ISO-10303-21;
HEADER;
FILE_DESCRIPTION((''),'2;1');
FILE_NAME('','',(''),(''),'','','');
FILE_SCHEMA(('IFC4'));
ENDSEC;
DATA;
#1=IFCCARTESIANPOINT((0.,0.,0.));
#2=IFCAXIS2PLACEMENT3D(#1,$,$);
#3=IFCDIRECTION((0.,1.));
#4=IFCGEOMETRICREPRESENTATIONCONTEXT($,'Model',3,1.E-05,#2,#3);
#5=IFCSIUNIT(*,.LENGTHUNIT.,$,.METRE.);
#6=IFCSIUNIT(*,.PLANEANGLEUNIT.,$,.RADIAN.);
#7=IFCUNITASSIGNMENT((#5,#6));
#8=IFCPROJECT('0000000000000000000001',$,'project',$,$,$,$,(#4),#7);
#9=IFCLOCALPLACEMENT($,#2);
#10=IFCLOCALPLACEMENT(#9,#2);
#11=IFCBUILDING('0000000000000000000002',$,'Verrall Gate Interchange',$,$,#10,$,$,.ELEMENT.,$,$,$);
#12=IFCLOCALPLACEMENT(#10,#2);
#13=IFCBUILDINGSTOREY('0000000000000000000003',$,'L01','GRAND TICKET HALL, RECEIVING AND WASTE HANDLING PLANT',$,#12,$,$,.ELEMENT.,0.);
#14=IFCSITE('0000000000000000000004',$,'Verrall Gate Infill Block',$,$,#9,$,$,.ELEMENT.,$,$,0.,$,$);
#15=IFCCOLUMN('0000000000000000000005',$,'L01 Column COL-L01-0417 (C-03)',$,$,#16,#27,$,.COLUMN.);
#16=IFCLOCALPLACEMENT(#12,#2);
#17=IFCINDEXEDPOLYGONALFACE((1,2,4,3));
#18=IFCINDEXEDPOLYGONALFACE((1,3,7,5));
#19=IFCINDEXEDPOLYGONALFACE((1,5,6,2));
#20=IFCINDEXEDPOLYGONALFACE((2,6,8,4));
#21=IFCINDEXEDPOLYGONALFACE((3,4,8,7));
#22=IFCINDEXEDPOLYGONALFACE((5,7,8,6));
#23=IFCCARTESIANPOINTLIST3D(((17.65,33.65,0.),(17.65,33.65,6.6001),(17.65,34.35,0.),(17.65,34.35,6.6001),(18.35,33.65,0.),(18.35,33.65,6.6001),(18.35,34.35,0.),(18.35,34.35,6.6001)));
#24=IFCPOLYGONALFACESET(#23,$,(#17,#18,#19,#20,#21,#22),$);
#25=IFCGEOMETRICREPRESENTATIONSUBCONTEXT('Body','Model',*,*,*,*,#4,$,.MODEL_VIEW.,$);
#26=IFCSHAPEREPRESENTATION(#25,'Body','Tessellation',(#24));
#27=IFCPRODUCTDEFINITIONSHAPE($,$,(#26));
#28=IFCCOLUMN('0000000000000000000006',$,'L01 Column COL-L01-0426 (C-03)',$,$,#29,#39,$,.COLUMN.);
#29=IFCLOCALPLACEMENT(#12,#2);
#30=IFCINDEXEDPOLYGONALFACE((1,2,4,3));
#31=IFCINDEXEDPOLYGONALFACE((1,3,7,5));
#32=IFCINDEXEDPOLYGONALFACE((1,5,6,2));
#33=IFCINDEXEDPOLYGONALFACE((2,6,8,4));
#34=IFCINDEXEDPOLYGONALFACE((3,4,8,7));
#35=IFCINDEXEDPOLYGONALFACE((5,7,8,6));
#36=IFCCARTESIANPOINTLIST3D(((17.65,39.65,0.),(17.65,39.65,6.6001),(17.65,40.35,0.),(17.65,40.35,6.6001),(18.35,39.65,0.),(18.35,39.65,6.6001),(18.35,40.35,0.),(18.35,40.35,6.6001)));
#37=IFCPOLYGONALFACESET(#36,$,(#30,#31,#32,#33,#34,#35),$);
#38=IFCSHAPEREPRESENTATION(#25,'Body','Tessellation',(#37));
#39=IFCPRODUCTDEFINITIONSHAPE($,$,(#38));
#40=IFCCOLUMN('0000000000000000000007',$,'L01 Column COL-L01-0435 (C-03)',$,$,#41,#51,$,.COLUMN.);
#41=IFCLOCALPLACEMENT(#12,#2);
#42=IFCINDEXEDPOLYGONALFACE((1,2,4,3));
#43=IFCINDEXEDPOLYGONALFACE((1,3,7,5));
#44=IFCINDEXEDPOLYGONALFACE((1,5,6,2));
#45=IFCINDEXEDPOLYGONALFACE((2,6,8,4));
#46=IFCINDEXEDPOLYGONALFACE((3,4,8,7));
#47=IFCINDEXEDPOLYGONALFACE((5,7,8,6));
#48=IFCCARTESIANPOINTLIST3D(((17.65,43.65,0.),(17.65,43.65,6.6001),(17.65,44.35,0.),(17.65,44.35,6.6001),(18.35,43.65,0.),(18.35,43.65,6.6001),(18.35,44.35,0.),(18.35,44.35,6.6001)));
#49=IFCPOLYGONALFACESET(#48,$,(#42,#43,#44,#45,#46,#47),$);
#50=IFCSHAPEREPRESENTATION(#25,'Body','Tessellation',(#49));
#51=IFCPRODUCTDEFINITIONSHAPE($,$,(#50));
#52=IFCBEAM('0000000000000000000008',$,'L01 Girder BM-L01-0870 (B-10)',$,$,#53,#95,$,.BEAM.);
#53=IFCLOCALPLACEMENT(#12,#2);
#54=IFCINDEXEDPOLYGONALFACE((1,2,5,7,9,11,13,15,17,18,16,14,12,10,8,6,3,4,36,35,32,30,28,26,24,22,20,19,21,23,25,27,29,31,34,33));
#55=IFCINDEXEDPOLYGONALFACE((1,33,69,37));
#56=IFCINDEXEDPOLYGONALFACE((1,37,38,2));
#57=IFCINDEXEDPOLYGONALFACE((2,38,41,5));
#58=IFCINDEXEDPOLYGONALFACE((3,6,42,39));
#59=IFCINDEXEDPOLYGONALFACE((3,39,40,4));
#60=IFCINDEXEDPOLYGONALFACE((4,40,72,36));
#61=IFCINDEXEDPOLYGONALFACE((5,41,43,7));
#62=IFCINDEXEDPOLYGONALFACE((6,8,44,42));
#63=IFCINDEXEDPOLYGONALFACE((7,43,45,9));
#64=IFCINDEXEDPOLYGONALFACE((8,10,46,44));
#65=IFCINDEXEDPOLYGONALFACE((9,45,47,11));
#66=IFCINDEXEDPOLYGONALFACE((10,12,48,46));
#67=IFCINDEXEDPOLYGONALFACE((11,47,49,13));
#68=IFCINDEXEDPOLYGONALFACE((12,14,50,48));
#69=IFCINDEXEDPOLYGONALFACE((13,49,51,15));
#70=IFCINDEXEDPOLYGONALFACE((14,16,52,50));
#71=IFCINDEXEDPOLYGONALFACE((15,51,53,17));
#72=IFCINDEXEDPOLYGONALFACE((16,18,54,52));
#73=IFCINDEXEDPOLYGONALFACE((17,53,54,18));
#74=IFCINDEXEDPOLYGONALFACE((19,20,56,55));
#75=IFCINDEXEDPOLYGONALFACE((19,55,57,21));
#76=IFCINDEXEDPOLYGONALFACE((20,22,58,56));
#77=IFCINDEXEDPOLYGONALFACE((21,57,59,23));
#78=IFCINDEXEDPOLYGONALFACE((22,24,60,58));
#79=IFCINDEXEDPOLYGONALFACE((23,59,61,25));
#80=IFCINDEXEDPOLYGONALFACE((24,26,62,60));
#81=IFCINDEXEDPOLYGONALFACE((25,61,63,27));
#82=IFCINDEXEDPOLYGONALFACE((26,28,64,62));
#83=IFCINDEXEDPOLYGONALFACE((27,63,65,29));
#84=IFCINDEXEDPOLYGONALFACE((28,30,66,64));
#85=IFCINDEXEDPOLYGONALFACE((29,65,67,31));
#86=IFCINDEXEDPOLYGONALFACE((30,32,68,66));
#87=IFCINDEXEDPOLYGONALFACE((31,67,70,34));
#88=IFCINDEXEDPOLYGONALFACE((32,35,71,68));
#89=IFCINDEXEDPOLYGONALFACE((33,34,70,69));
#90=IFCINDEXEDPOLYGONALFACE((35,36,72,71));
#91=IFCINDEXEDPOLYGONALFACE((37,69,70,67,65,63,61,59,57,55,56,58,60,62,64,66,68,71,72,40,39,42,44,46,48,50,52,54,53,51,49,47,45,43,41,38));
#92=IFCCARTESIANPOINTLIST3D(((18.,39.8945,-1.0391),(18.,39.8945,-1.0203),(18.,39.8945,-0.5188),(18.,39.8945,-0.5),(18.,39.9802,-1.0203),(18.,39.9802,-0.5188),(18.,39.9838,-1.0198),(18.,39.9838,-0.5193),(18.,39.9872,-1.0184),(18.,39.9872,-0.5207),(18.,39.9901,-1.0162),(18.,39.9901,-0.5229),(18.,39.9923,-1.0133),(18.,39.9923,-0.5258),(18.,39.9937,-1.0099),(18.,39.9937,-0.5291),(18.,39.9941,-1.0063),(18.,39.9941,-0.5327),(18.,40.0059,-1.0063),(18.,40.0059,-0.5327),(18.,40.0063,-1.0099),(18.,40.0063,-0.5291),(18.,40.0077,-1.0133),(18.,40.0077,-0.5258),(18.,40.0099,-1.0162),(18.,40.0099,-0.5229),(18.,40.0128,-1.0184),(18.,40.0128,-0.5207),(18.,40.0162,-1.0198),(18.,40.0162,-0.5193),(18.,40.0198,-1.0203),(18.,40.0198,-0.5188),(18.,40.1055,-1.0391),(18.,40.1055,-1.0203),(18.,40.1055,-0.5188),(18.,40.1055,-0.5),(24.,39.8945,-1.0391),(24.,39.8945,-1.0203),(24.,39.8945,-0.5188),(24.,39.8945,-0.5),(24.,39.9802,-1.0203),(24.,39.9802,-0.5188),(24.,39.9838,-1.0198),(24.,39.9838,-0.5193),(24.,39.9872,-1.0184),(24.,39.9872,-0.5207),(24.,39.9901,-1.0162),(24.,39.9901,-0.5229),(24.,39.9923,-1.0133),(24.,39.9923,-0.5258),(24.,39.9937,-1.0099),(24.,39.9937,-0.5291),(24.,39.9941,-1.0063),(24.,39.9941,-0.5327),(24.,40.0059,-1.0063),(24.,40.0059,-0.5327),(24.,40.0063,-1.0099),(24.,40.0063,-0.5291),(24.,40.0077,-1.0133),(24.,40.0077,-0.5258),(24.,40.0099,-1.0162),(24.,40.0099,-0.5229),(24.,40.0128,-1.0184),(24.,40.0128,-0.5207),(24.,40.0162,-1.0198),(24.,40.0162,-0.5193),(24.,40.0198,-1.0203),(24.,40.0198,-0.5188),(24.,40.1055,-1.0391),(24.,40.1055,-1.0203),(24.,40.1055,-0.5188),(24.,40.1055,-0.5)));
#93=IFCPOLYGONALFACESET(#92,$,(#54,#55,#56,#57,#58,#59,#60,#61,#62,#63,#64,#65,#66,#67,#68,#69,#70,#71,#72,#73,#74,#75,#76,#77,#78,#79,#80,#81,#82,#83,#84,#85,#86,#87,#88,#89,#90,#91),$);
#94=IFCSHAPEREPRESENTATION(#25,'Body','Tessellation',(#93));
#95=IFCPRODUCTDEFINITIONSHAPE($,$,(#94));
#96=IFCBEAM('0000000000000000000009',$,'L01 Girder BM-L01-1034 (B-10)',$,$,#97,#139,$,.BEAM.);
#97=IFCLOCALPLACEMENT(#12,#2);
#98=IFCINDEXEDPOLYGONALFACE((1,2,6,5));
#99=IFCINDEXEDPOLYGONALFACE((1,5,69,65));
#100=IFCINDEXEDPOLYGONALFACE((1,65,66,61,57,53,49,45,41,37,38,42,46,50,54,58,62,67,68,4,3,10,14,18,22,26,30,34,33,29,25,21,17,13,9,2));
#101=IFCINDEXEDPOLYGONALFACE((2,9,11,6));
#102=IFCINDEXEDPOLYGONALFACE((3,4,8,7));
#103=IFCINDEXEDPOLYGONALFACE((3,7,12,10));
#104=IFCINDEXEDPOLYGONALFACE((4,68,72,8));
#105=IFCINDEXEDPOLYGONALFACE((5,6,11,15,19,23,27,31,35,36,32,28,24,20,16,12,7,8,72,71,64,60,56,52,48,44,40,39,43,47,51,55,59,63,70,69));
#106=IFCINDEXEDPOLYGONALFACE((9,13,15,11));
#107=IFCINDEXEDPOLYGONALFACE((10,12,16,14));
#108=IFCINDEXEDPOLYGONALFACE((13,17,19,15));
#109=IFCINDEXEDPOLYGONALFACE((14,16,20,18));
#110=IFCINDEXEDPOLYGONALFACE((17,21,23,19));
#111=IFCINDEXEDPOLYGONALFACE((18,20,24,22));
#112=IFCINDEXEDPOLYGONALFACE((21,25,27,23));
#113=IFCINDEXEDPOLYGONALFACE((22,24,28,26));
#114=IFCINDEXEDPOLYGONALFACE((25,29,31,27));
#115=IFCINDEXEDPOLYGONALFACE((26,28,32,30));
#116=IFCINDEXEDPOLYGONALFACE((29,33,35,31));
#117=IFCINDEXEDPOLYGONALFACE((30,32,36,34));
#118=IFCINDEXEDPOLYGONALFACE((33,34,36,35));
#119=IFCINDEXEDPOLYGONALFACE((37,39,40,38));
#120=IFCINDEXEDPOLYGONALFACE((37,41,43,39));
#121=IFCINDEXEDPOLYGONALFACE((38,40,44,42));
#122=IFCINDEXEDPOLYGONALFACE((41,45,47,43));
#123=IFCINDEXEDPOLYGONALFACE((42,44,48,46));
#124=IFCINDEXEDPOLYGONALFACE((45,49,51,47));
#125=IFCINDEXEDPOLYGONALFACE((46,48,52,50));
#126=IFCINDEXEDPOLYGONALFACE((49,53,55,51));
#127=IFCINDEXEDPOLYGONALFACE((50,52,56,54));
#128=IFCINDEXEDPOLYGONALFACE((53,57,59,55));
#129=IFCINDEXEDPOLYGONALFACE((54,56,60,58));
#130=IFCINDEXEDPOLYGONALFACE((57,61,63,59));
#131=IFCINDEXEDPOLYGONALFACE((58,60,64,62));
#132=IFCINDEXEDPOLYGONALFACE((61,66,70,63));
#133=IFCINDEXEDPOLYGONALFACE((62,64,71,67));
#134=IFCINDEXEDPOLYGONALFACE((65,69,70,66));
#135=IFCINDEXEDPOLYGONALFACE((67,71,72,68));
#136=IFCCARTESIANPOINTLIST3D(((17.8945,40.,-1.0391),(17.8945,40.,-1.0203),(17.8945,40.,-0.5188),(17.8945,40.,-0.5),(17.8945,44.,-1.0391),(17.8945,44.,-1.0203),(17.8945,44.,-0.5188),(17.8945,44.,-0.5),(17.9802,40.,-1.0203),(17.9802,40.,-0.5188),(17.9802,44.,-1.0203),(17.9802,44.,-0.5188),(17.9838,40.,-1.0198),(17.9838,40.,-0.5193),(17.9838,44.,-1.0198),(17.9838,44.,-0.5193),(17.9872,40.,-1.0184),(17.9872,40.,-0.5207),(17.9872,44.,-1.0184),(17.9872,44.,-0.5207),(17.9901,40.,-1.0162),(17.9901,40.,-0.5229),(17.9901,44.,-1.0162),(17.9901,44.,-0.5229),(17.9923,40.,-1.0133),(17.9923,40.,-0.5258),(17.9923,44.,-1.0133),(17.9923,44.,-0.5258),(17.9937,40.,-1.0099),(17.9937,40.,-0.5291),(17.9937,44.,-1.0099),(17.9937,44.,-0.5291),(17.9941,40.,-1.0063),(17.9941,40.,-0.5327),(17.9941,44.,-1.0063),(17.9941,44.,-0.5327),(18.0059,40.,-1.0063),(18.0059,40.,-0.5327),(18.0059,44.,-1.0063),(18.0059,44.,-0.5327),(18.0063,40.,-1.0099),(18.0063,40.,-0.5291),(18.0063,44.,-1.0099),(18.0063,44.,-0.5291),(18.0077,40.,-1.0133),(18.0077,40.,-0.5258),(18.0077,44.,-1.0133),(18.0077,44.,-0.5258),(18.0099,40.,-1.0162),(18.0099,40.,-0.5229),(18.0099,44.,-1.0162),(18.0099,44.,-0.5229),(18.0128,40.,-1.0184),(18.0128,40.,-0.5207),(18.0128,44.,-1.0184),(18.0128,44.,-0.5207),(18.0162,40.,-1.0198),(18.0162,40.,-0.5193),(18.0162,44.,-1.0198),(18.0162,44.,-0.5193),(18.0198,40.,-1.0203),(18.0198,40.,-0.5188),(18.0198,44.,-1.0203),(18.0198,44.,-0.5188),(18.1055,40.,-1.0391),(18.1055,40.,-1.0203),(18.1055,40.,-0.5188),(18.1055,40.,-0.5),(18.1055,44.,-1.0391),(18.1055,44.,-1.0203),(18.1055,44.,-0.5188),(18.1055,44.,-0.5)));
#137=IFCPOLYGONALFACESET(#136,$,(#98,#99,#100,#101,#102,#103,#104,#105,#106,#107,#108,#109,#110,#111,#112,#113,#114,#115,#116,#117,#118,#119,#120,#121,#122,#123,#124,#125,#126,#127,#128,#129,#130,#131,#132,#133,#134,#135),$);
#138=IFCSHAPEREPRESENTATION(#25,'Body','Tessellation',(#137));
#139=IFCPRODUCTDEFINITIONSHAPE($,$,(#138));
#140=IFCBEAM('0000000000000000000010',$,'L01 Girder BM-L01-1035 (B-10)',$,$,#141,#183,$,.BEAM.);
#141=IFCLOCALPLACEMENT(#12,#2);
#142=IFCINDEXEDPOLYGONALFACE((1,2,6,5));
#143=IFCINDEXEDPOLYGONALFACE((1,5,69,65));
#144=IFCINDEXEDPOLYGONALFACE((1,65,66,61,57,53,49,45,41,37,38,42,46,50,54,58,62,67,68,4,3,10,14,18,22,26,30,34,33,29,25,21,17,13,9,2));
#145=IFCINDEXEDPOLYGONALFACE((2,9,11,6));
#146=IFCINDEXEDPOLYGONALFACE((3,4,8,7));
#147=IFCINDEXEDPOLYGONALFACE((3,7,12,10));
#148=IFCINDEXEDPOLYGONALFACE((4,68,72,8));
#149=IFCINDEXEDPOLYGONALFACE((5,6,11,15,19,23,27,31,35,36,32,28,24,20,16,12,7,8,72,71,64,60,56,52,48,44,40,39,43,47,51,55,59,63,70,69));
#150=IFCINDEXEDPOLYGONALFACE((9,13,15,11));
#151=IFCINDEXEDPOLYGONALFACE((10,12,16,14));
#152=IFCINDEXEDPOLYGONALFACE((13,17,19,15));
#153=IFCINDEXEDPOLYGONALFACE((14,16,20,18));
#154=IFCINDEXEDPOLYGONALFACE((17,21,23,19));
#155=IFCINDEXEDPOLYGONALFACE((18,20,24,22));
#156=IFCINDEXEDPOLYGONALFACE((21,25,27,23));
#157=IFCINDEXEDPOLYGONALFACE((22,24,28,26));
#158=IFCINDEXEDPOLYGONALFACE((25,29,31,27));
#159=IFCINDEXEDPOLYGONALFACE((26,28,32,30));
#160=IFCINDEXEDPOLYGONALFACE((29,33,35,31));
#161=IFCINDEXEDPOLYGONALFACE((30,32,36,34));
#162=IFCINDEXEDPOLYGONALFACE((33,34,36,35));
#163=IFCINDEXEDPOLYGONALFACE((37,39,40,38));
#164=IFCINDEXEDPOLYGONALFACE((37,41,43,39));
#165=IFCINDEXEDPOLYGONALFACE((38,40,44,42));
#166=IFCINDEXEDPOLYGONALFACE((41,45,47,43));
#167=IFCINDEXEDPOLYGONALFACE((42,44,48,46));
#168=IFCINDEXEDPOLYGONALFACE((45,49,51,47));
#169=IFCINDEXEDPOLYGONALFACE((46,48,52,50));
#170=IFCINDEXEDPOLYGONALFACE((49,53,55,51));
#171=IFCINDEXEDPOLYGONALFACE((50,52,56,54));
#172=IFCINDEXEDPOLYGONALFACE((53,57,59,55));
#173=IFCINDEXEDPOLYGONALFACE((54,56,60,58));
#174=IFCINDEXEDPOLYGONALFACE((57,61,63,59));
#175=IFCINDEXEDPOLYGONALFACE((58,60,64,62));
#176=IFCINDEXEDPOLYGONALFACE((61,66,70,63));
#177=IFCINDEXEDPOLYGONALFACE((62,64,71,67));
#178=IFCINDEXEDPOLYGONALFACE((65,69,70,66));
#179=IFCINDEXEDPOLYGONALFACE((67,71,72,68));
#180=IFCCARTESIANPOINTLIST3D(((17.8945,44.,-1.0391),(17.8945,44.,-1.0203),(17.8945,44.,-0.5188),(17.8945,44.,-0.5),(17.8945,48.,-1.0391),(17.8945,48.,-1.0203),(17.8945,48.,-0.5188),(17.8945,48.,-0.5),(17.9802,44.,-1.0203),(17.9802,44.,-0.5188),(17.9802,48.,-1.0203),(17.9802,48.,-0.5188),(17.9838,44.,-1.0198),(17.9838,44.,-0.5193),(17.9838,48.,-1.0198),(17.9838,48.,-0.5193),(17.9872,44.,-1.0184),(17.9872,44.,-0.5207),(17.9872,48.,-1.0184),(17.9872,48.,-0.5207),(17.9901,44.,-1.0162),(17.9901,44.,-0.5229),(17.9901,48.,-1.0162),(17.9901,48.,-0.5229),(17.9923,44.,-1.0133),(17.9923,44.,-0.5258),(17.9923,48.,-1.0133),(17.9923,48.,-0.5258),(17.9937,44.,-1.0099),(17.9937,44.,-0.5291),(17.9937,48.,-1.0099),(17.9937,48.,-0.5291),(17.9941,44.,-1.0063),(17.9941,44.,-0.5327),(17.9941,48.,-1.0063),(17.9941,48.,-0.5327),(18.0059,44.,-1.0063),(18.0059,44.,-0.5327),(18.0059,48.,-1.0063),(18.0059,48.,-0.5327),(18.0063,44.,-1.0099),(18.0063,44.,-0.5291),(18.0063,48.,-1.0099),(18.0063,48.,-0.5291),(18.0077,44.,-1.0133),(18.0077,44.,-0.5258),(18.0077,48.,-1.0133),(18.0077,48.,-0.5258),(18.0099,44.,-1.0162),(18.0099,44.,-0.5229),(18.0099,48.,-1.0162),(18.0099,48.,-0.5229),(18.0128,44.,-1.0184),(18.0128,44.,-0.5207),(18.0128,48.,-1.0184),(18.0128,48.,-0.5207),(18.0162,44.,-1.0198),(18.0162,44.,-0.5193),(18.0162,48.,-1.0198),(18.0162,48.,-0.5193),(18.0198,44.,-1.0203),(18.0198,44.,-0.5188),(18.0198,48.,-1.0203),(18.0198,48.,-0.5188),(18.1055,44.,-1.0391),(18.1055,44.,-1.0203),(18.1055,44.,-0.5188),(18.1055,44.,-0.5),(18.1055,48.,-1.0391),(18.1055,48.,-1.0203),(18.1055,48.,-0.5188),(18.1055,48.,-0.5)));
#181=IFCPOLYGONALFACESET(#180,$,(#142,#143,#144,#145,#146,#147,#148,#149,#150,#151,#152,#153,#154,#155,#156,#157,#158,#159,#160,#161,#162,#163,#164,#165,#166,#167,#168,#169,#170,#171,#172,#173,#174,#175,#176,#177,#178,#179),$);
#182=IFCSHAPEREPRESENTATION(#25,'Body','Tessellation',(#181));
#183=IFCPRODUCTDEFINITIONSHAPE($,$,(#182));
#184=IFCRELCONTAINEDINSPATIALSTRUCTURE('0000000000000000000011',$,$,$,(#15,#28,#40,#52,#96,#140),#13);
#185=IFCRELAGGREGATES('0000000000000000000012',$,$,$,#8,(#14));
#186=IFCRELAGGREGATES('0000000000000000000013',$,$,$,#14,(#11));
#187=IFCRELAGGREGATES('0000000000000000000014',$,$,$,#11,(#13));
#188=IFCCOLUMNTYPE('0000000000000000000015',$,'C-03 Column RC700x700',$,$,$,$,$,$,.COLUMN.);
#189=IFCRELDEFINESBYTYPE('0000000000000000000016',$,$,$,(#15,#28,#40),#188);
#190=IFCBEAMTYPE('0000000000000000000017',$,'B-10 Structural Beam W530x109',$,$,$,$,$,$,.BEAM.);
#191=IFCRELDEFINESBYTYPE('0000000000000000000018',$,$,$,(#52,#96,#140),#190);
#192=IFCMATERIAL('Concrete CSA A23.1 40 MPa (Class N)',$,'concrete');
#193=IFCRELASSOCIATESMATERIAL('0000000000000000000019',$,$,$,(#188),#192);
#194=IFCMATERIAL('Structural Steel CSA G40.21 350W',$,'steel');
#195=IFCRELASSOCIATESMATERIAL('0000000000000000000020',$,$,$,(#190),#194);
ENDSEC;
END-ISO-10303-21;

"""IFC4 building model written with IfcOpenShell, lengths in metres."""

from ifc_helpers import new_model, si_unit, direction, frame, origin, origin_2d, place, context, subcontext, project, spatial, rectangle, i_section, extrude, material, material_profile, profile_set, type_object, element, save


model = new_model("IFC4")

# Units and contexts
model_context = context("Model", 3, precision=1e-05, world=origin(), true_north=direction((0.0, 1.0)))
body_context = subcontext(model_context, "Body", "Model", "MODEL_VIEW")
ifc_project = project(units=[si_unit("LENGTHUNIT", "METRE"), si_unit("PLANEANGLEUNIT", "RADIAN")], contexts=[model_context])

# Site, building, storey
site_placement = place(None, origin())
site = spatial("IfcSite", under=ifc_project, at=site_placement, Name="Verrall Gate Infill Block", CompositionType="ELEMENT", RefElevation=0.0)
building_placement = place(site_placement, origin())
building = spatial("IfcBuilding", under=site, at=building_placement, Name="Verrall Gate Interchange", CompositionType="ELEMENT")
storey_placement = place(building_placement, origin())
storey = spatial("IfcBuildingStorey", under=building, at=storey_placement, Name="L01", Description="GRAND TICKET HALL, RECEIVING AND WASTE HANDLING PLANT", CompositionType="ELEMENT", Elevation=0.0)

# Columns
ifc_material_1 = material(Name="Concrete CSA A23.1 40 MPa (Class N)", Category="concrete")
ifc_material_profile_1 = material_profile(ifc_material_1, rectangle(XDim=0.7, YDim=0.7, at=origin_2d()), Name="RC700x700")
ifc_profile_set_1 = profile_set([ifc_material_profile_1], Name="Concrete CSA A23.1 40 MPa (Class N)")
column_type = type_object("IfcColumnType", Name="C-03 Column RC700x700", PredefinedType="COLUMN", material=ifc_profile_set_1)
for number, where, z_axis, x_axis, name in (
    (1, (18.0, 34.0, 0.0), (0.0, 0.0, 1.0), (1.0, 0.0, 0.0), "L01 Column COL-L01-0417 (C-03)"),
    (2, (18.0, 40.0, 0.0), (0.0, 0.0, 1.0), (1.0, 0.0, 0.0), "L01 Column COL-L01-0426 (C-03)"),
    (3, (18.0, 44.0, 0.0), (0.0, 0.0, 1.0), (1.0, 0.0, 0.0), "L01 Column COL-L01-0435 (C-03)"),
):
    element("IfcColumn", number, at=place(storey_placement, frame(where, z_axis=z_axis, x_axis=x_axis)), inside=storey, type_object=column_type, Name=name, PredefinedType="COLUMN", context=body_context, shape_type="SweptSolid", body=[
        extrude(rectangle(XDim=0.7, YDim=0.7, at=origin_2d()), origin(), (0.0, 0.0, 1.0), 6.6001),
    ])

# Beams
ifc_material_2 = material(Name="Structural Steel CSA G40.21 350W", Category="steel")
ifc_material_profile_2 = material_profile(ifc_material_2, i_section(OverallWidth=0.2109, OverallDepth=0.5391, WebThickness=0.0117, FlangeThickness=0.0188, FilletRadius=0.0139, at=origin_2d()), Name="W530x109")
ifc_profile_set_2 = profile_set([ifc_material_profile_2], Name="Structural Steel CSA G40.21 350W")
beam_type_1 = type_object("IfcBeamType", Name="B-10 Structural Beam W530x109", PredefinedType="BEAM", material=ifc_profile_set_2)
beam_1_placement = place(storey_placement, frame((18.0, 40.0, -0.7695), z_axis=(1.0, 0.0, 0.0), x_axis=(0.0, 1.0, 0.0)))
element("IfcBeam", 4, at=beam_1_placement, inside=storey, type_object=beam_type_1, Name="L01 Girder BM-L01-0870 (B-10)", PredefinedType="BEAM", context=body_context, shape_type="SweptSolid", body=[
    extrude(i_section(OverallWidth=0.2109, OverallDepth=0.5391, WebThickness=0.0117, FlangeThickness=0.0188, FilletRadius=0.0139, at=origin_2d()), origin(), (0.0, 0.0, 1.0), 6.0),
])
for number, where, z_axis, x_axis, name in (
    (5, (18.0, 40.0, -0.7695), (0.0, 1.0, 0.0), (-1.0, 0.0, 0.0), "L01 Girder BM-L01-1034 (B-10)"),
    (6, (18.0, 44.0, -0.7695), (0.0, 1.0, 0.0), (-1.0, 0.0, 0.0), "L01 Girder BM-L01-1035 (B-10)"),
):
    element("IfcBeam", number, at=place(storey_placement, frame(where, z_axis=z_axis, x_axis=x_axis)), inside=storey, type_object=beam_type_1, Name=name, PredefinedType="BEAM", context=body_context, shape_type="SweptSolid", body=[
        extrude(i_section(OverallWidth=0.2109, OverallDepth=0.5391, WebThickness=0.0117, FlangeThickness=0.0188, FilletRadius=0.0139, at=origin_2d()), origin(), (0.0, 0.0, 1.0), 4.0),
    ])

save(model, "model.ifc")
